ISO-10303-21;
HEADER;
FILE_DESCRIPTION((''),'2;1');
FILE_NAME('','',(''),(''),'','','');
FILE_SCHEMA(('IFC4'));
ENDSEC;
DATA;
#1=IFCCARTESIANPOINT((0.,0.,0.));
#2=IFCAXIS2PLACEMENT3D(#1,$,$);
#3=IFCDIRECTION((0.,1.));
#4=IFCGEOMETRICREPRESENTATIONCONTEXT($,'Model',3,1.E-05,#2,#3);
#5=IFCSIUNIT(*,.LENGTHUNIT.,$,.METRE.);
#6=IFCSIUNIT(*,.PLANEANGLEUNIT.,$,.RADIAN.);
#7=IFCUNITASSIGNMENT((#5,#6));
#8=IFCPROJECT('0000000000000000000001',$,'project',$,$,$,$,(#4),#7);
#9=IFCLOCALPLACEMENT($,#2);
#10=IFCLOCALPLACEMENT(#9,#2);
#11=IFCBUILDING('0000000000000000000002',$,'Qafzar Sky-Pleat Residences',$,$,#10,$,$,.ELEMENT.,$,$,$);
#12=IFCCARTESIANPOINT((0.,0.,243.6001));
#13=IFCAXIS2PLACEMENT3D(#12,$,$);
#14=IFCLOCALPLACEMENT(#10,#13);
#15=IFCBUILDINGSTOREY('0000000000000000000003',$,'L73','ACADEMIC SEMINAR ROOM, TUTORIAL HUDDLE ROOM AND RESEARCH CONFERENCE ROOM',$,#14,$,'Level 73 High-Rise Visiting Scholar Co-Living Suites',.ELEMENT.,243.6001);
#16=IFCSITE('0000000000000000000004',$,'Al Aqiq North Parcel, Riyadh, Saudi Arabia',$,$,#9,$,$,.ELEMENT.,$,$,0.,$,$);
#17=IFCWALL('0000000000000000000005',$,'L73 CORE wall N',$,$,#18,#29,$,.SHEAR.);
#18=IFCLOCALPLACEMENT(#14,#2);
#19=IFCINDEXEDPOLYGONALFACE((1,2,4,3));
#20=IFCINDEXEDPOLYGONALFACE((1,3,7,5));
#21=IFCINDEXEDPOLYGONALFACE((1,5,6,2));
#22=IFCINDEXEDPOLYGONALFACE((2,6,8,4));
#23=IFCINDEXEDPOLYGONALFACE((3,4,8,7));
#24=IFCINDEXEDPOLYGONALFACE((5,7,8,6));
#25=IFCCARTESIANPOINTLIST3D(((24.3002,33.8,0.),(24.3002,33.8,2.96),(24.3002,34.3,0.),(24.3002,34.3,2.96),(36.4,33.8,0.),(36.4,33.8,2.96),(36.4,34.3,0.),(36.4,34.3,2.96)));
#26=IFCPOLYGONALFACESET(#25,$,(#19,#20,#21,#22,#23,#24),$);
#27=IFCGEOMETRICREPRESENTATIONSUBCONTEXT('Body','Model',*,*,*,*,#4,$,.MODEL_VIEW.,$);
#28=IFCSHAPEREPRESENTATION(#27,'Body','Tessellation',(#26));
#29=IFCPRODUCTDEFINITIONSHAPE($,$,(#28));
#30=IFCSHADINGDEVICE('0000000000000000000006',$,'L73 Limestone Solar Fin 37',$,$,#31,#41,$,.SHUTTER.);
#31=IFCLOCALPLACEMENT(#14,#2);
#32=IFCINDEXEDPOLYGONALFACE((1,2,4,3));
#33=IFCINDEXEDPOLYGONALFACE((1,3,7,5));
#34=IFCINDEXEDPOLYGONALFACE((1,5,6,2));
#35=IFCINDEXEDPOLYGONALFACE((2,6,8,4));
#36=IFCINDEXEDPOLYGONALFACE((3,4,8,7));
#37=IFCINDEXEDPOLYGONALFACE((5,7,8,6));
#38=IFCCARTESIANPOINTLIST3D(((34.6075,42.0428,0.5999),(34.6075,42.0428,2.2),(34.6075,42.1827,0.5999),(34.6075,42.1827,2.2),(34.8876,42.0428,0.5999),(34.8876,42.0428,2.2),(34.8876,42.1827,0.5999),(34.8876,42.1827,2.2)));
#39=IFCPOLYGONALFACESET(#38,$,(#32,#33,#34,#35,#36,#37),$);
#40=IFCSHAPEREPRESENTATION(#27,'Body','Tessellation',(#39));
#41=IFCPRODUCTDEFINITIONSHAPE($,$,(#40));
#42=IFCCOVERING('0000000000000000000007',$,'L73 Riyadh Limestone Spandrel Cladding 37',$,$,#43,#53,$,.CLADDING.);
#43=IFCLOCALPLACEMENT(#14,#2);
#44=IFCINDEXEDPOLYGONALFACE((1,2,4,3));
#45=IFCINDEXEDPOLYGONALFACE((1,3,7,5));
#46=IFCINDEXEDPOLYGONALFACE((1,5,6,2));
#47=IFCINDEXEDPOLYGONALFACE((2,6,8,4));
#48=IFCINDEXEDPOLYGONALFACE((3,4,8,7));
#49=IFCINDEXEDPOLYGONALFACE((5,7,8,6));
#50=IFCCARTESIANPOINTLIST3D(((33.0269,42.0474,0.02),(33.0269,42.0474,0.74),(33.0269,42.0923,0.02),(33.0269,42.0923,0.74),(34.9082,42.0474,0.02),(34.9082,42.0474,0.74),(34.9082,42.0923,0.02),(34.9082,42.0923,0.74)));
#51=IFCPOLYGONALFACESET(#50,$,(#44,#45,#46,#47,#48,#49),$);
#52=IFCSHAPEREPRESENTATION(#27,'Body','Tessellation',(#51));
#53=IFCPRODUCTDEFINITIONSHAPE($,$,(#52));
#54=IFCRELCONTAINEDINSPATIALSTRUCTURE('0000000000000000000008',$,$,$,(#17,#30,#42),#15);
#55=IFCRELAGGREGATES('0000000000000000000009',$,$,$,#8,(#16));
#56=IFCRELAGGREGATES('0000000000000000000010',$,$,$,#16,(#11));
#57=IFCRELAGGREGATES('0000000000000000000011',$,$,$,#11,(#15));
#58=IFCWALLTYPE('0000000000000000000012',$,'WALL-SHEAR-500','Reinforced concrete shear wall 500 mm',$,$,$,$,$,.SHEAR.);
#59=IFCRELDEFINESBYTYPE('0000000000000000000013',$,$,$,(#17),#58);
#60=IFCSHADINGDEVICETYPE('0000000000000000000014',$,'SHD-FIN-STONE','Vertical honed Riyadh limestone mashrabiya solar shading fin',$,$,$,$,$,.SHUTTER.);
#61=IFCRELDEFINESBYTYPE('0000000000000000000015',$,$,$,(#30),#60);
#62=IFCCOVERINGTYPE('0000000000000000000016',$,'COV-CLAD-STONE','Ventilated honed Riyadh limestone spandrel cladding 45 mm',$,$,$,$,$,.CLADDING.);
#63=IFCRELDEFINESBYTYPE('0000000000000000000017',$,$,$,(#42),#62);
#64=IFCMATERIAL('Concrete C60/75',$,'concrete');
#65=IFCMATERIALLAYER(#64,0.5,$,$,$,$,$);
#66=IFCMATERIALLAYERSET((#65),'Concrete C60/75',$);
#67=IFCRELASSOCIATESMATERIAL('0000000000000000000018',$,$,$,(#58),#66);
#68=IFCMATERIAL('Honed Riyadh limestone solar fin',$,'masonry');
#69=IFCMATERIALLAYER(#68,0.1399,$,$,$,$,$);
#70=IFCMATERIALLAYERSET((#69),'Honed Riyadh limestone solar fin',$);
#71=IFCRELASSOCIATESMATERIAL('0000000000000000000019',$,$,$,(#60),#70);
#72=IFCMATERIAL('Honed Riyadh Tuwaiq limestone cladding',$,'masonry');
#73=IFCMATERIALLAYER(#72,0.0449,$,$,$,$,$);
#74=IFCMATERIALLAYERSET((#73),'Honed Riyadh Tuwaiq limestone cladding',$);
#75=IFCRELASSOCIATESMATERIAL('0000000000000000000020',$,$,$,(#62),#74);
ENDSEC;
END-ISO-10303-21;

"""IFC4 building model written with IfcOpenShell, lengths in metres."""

from ifc_helpers import new_model, si_unit, direction, frame, frame_2d, origin, origin_2d, place, context, subcontext, project, spatial, rectangle, extrude, source, transform, mapped, material, layer, layer_set, type_object, element, save


model = new_model("IFC4")

# Units and contexts
model_context = context("Model", 3, precision=1e-05, world=origin(), true_north=direction((0.0, 1.0)))
body_context = subcontext(model_context, "Body", "Model", "MODEL_VIEW")
ifc_project = project(units=[si_unit("LENGTHUNIT", "METRE"), si_unit("PLANEANGLEUNIT", "RADIAN")], contexts=[model_context])

# Site, building, storey
site_placement = place(None, origin())
site = spatial("IfcSite", under=ifc_project, at=site_placement, Name="Al Aqiq North Parcel, Riyadh, Saudi Arabia", CompositionType="ELEMENT", RefElevation=0.0)
building_placement = place(site_placement, origin())
building = spatial("IfcBuilding", under=site, at=building_placement, Name="Qafzar Sky-Pleat Residences", CompositionType="ELEMENT")
storey_placement = place(building_placement, frame((0.0, 0.0, 243.6001)))
storey = spatial("IfcBuildingStorey", under=building, at=storey_placement, Name="L73", Description="ACADEMIC SEMINAR ROOM, TUTORIAL HUDDLE ROOM AND RESEARCH CONFERENCE ROOM", LongName="Level 73 High-Rise Visiting Scholar Co-Living Suites", CompositionType="ELEMENT", Elevation=243.6001)

# Wall
ifc_material_1 = material(Name="Concrete C60/75", Category="concrete")
ifc_layer_1 = layer(ifc_material_1, 0.5)
ifc_layer_set_1 = layer_set([ifc_layer_1], Name="Concrete C60/75")
wall_type_1 = type_object("IfcWallType", Name="WALL-SHEAR-500", Description="Reinforced concrete shear wall 500 mm", PredefinedType="SHEAR", material=ifc_layer_set_1)
wall_1_placement = place(storey_placement, frame((36.3999, 34.05, 0.0), z_axis=(0.0, 0.0, 1.0), x_axis=(-1.0, 0.0, 0.0)))
element("IfcWall", 1, at=wall_1_placement, inside=storey, type_object=wall_type_1, Name="L73 CORE wall N", PredefinedType="SHEAR", context=body_context, shape_type="SweptSolid", body=[
    extrude(rectangle(XDim=12.0999, YDim=0.5, at=frame_2d((6.0498, 0.0))), origin(), (0.0, 0.0, 1.0), 2.96),
])

# Shading device
ifc_material_2 = material(Name="Honed Riyadh limestone solar fin", Category="masonry")
ifc_layer_2 = layer(ifc_material_2, 0.1399)
ifc_layer_set_2 = layer_set([ifc_layer_2], Name="Honed Riyadh limestone solar fin")
shading_device_type = type_object("IfcShadingDeviceType", Name="SHD-FIN-STONE", Description="Vertical honed Riyadh limestone mashrabiya solar shading fin", PredefinedType="SHUTTER", material=ifc_layer_set_2)
shared_shape_1 = source(origin(), body_context, "Body", "SweptSolid", [
    extrude(rectangle(XDim=0.1399, YDim=0.28, at=origin_2d()), origin(), (0.0, 0.0, 1.0), 1.6001),
])
shading_device_placement = place(storey_placement, frame((34.7476, 42.1128, 0.5999), z_axis=(0.0, 0.0, 1.0), x_axis=(0.0, 1.0, 0.0)))
element("IfcShadingDevice", 2, at=shading_device_placement, inside=storey, type_object=shading_device_type, Name="L73 Limestone Solar Fin 37", PredefinedType="SHUTTER", context=body_context, shape_type="MappedRepresentation", body=[
    mapped(shared_shape_1, transform((0.0, 0.0, 0.0), x_axis=(1.0, 0.0, 0.0), y_axis=(0.0, 1.0, 0.0), z_axis=(0.0, 0.0, 1.0), scale=1.0)),
])

# Covering
ifc_material_3 = material(Name="Honed Riyadh Tuwaiq limestone cladding", Category="masonry")
ifc_layer_3 = layer(ifc_material_3, 0.0449)
ifc_layer_set_3 = layer_set([ifc_layer_3], Name="Honed Riyadh Tuwaiq limestone cladding")
covering_type = type_object("IfcCoveringType", Name="COV-CLAD-STONE", Description="Ventilated honed Riyadh limestone spandrel cladding 45 mm", PredefinedType="CLADDING", material=ifc_layer_set_3)
shared_shape_2 = source(origin(), body_context, "Body", "SweptSolid", [
    extrude(rectangle(XDim=1.8813, YDim=0.0449, at=origin_2d()), origin(), (0.0, 0.0, 1.0), 0.72),
])
covering_placement = place(storey_placement, frame((33.9675, 42.0698, 0.02), z_axis=(0.0, 0.0, 1.0), x_axis=(-1.0, 0.0, 0.0)))
element("IfcCovering", 3, at=covering_placement, inside=storey, type_object=covering_type, Name="L73 Riyadh Limestone Spandrel Cladding 37", PredefinedType="CLADDING", context=body_context, shape_type="MappedRepresentation", body=[
    mapped(shared_shape_2, transform((0.0, 0.0, 0.0), x_axis=(1.0, 0.0, 0.0), y_axis=(0.0, 1.0, 0.0), z_axis=(0.0, 0.0, 1.0), scale=1.0)),
])

save(model, "model.ifc")
